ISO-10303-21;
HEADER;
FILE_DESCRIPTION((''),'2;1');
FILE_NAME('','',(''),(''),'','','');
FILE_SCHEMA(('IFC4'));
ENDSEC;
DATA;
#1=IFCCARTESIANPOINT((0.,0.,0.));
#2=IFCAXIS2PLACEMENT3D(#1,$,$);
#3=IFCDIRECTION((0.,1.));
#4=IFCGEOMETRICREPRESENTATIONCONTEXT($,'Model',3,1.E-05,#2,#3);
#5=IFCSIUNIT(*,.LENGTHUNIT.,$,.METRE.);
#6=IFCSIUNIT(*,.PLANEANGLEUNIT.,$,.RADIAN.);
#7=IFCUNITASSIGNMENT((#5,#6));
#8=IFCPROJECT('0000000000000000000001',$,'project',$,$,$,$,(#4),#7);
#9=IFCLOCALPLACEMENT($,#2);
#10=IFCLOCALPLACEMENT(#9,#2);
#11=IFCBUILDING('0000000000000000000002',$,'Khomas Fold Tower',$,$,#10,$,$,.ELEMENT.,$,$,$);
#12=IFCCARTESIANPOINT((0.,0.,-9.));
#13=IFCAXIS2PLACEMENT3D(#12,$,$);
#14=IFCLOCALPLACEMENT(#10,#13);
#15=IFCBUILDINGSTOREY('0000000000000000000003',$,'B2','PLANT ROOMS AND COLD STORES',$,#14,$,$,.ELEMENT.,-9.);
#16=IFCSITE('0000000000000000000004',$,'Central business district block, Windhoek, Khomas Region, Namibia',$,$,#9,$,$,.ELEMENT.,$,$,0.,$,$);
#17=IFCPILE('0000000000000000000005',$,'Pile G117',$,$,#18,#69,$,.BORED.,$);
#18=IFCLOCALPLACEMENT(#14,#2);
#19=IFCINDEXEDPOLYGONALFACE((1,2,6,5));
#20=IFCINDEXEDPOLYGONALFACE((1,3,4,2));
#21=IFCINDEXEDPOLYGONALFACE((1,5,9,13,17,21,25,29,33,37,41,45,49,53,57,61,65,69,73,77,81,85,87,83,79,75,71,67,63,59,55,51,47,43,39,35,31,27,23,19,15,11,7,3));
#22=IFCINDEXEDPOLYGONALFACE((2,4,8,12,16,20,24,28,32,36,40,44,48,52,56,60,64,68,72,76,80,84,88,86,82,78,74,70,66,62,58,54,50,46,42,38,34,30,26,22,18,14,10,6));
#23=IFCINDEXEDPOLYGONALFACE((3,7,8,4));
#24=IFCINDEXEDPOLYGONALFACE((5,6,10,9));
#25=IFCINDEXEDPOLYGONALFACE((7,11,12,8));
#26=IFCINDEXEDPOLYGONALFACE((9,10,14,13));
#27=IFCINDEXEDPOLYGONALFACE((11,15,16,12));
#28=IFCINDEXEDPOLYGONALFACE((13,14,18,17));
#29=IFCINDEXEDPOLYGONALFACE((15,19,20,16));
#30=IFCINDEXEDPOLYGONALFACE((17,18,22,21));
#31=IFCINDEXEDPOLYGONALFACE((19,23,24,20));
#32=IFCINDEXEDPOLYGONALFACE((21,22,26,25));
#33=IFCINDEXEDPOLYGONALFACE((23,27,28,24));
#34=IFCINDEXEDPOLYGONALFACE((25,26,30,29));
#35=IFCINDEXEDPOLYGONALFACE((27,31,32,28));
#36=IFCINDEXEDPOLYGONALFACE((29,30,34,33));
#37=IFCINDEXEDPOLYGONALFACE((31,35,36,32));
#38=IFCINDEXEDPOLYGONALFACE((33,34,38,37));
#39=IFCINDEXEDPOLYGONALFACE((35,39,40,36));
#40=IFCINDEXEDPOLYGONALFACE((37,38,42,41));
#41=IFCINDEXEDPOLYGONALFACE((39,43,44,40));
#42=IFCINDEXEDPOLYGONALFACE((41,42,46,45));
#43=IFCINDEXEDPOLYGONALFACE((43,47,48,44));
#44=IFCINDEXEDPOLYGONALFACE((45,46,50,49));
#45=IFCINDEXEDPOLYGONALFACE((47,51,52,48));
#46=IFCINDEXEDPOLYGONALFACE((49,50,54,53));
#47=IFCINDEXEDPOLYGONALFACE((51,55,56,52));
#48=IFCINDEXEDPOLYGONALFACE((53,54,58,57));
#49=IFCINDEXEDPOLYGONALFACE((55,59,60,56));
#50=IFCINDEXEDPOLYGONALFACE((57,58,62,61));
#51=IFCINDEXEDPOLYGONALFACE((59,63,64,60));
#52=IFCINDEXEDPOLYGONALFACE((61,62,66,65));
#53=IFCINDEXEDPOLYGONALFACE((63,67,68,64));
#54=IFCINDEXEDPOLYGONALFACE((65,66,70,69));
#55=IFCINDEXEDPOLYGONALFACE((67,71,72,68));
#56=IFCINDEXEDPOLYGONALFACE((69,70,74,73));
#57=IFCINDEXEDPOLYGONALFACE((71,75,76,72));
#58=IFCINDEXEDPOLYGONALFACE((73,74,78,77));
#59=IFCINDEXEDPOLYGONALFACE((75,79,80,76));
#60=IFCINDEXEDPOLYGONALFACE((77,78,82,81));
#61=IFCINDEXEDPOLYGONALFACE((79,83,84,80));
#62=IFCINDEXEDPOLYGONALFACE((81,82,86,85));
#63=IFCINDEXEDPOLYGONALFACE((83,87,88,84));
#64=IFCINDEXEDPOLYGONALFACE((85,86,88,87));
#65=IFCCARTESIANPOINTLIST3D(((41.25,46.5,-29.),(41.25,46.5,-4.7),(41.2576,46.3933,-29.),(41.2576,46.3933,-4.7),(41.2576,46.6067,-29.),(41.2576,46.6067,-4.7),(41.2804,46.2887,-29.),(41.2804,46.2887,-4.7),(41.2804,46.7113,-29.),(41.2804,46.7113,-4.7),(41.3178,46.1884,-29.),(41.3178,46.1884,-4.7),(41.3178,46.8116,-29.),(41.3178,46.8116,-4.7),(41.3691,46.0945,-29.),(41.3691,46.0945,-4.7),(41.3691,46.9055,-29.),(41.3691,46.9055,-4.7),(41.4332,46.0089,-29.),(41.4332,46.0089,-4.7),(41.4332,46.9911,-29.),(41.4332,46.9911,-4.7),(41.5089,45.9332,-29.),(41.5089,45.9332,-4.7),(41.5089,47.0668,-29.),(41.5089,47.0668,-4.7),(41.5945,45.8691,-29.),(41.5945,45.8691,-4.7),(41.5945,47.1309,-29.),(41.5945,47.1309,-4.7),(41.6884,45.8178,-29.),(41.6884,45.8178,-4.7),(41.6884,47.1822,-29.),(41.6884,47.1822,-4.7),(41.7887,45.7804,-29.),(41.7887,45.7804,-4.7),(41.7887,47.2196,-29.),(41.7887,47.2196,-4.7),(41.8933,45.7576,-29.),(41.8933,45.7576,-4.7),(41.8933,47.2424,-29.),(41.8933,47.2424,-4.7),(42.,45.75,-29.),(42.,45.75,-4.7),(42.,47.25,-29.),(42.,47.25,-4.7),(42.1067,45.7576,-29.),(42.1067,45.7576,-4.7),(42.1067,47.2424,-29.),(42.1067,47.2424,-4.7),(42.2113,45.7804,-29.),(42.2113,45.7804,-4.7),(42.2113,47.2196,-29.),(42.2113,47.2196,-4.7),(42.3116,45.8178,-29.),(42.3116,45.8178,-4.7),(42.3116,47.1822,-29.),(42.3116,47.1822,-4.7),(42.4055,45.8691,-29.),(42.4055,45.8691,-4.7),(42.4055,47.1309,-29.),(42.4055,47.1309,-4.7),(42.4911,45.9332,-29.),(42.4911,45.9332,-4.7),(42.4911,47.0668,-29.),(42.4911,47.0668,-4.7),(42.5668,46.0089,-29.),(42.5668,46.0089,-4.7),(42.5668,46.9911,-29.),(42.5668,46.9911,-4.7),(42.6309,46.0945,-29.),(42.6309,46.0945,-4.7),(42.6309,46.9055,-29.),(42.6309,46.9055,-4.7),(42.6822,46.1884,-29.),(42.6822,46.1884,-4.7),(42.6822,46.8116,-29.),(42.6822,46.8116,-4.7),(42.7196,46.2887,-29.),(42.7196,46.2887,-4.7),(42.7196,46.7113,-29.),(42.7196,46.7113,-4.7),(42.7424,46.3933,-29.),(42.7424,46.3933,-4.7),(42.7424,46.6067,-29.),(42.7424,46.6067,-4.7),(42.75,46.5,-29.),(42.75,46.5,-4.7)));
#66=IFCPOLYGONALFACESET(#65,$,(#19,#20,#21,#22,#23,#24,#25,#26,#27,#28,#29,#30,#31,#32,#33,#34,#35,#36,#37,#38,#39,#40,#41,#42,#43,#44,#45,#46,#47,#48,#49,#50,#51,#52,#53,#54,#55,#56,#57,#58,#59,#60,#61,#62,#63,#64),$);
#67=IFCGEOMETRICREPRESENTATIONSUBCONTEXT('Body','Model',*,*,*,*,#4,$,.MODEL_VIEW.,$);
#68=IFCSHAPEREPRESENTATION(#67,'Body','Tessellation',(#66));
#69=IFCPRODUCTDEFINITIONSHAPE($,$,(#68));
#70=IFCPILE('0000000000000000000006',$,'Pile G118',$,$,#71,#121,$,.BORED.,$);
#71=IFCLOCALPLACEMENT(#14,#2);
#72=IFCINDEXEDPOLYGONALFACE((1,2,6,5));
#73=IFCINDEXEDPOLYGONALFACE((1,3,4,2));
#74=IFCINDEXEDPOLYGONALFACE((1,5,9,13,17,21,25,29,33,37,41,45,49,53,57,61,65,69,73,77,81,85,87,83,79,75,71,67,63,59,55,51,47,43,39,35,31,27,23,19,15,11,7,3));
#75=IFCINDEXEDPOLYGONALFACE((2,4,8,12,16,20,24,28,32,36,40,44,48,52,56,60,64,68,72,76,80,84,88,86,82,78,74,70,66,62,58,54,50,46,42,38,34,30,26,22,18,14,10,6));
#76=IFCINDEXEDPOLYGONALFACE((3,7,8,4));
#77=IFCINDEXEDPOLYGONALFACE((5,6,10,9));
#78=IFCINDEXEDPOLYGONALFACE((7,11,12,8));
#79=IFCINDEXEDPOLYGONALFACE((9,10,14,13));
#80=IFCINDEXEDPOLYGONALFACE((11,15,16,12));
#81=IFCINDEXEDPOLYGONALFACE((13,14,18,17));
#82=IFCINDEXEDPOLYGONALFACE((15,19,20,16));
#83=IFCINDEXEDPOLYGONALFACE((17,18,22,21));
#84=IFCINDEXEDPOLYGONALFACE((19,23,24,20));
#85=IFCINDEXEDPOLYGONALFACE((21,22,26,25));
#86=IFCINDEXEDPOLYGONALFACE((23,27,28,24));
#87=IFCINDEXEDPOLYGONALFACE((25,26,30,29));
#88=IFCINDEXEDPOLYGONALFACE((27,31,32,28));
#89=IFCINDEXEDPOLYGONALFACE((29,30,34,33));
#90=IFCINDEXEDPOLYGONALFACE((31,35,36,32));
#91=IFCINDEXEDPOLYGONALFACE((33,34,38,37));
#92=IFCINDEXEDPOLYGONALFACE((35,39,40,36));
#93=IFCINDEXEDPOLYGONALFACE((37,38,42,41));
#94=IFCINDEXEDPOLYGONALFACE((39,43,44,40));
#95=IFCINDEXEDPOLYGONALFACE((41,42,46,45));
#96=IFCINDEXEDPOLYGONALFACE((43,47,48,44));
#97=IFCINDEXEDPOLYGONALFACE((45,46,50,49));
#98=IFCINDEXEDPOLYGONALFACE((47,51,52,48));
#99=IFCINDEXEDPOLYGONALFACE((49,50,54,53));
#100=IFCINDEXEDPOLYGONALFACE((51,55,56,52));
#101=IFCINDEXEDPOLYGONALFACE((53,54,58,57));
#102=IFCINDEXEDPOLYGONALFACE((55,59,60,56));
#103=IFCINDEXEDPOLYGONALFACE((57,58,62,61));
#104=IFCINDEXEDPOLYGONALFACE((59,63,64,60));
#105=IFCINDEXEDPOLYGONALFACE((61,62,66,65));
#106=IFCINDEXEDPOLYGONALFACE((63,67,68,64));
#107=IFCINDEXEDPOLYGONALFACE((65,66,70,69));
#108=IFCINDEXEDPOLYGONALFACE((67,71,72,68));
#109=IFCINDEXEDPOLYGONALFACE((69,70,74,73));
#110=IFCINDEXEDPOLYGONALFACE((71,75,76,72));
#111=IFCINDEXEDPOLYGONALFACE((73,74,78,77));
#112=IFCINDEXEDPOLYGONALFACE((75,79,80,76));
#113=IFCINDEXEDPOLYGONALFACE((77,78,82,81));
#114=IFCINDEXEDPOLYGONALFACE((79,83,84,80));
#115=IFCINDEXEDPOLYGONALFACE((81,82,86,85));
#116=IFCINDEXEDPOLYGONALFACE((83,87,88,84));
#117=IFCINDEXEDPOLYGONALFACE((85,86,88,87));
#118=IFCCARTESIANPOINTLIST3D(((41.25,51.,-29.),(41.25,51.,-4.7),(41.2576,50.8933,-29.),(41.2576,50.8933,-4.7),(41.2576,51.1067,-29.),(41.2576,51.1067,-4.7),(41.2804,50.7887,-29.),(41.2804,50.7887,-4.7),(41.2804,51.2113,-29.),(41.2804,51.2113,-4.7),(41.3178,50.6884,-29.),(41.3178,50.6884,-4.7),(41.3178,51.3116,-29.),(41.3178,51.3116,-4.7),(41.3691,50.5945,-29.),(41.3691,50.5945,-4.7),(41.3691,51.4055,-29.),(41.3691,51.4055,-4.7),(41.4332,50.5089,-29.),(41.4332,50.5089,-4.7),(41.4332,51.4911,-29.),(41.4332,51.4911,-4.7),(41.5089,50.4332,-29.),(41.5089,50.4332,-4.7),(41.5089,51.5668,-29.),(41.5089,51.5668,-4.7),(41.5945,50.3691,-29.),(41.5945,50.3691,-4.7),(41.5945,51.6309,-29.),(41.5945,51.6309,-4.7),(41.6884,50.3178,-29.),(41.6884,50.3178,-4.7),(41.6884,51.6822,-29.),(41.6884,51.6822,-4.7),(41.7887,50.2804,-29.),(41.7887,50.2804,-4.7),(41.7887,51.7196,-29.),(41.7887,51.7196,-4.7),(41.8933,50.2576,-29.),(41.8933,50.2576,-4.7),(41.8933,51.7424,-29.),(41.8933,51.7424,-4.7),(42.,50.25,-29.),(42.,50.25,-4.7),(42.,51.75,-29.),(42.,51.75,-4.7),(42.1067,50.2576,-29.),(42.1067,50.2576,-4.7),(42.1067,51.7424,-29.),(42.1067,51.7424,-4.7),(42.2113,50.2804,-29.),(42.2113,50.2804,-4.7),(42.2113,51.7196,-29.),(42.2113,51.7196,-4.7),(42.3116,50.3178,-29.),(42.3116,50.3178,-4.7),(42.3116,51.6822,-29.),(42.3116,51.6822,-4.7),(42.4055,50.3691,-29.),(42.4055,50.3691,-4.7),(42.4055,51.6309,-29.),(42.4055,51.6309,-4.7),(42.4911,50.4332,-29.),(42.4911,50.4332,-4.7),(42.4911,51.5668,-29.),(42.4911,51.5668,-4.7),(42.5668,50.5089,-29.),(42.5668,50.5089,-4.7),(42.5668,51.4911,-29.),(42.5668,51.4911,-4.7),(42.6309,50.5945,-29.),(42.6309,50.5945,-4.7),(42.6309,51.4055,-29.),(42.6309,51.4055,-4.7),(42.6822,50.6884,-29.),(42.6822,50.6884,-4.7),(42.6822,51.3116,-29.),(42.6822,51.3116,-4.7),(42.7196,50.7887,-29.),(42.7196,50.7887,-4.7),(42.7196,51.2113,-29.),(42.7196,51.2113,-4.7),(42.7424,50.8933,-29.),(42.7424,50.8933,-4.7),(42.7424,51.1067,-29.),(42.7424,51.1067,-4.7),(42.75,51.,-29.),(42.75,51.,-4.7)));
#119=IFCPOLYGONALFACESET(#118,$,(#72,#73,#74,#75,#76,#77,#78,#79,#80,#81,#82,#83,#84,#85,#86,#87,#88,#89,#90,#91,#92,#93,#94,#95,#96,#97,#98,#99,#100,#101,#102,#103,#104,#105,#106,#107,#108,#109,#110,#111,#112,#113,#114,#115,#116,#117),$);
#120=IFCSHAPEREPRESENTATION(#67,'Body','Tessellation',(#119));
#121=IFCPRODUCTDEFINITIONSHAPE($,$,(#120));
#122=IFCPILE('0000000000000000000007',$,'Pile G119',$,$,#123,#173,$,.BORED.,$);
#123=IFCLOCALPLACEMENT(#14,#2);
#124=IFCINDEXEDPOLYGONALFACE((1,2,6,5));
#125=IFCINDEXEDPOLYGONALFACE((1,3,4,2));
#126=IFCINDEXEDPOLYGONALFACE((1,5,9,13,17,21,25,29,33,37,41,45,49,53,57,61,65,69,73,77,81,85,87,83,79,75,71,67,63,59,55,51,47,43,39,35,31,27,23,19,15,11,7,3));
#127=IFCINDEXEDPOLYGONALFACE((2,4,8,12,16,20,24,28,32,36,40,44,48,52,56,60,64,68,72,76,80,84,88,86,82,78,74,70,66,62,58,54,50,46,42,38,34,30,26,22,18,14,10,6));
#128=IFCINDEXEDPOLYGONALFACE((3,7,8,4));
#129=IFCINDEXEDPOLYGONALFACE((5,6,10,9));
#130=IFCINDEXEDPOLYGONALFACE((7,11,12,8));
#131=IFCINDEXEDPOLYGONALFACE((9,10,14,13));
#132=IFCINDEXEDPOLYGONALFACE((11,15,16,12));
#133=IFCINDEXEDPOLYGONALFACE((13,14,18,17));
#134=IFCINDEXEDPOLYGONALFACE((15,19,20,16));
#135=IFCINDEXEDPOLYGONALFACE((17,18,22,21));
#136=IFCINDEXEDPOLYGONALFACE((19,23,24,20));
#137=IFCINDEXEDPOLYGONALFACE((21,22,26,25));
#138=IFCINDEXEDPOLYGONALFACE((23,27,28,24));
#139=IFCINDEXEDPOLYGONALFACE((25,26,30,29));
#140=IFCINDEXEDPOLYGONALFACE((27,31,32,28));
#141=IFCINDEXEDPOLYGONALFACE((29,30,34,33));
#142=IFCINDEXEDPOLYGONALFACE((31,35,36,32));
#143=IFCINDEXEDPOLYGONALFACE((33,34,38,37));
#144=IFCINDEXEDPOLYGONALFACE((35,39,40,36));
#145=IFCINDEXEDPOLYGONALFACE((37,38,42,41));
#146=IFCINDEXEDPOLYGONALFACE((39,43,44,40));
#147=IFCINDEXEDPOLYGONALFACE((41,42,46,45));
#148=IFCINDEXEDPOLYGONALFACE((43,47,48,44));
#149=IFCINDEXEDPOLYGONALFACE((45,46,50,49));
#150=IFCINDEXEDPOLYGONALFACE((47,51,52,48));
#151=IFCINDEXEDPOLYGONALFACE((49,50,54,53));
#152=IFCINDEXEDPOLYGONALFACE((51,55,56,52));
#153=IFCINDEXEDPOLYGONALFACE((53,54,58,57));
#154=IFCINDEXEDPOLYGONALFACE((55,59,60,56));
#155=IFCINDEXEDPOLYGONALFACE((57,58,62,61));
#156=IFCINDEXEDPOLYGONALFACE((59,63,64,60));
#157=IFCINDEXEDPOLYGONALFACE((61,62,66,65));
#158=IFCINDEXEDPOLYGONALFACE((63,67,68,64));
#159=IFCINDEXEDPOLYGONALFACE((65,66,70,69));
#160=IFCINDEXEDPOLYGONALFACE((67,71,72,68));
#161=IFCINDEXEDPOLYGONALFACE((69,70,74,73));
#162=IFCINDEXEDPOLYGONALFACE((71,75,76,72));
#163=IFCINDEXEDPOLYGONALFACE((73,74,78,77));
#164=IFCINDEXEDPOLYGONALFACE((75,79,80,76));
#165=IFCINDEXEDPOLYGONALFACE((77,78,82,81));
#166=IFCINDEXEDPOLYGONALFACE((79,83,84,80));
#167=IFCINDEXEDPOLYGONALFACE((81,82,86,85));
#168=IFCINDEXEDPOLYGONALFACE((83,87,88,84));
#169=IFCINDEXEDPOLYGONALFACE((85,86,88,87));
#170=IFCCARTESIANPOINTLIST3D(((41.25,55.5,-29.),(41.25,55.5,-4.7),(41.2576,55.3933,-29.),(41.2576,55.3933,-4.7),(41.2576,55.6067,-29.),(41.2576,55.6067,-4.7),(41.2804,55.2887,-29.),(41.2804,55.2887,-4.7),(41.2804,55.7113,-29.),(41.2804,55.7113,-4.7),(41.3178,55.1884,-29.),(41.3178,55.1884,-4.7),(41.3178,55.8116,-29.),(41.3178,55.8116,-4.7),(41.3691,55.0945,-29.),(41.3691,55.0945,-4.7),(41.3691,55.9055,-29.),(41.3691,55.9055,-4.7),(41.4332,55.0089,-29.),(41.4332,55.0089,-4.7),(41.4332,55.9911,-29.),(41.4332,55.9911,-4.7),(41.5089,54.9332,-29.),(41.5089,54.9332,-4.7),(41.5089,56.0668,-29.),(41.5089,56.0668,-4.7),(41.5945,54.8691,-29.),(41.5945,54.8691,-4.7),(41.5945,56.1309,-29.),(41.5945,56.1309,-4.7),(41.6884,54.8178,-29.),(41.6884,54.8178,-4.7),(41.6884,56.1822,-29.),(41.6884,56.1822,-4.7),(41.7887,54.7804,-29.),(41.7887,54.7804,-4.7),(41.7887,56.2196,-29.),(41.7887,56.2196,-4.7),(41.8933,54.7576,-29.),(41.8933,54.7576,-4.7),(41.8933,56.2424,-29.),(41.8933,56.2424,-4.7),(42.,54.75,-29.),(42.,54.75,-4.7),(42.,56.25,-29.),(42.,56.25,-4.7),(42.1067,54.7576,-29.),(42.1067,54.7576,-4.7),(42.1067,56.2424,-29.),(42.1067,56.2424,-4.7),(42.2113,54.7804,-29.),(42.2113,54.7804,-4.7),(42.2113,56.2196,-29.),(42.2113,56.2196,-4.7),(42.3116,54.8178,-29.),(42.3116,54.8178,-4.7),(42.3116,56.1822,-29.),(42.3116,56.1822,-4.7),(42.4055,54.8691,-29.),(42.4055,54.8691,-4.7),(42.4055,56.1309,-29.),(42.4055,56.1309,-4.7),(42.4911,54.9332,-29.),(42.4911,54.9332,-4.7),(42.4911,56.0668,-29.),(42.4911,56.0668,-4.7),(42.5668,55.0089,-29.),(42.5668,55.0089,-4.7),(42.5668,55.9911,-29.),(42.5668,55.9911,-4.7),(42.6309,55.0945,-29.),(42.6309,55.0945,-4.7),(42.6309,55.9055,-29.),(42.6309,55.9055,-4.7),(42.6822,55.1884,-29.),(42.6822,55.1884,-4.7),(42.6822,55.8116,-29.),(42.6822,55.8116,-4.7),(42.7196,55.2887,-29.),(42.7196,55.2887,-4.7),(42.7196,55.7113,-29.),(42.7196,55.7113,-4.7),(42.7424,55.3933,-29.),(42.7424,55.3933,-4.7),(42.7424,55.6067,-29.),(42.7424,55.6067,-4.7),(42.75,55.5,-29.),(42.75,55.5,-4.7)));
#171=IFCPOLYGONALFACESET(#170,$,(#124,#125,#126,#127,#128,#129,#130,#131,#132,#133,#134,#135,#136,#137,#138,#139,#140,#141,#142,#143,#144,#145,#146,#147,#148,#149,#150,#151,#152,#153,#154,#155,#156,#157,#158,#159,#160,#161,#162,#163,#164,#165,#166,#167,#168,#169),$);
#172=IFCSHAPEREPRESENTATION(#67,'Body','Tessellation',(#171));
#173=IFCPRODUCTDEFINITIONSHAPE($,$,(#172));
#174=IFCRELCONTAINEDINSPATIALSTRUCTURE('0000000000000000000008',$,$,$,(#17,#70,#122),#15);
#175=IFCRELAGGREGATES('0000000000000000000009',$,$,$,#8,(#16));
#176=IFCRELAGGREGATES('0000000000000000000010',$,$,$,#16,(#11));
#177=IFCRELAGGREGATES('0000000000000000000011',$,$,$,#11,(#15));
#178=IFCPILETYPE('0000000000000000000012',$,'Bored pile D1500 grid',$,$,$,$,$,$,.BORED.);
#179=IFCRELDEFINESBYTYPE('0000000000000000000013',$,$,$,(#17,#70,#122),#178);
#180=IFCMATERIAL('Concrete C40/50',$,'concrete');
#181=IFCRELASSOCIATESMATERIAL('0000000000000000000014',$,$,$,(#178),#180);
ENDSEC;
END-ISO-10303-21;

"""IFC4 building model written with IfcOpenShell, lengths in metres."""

from ifc_helpers import new_model, si_unit, direction, frame, origin, origin_2d, place, context, subcontext, project, spatial, circle, extrude, source, transform, mapped, material, material_profile, profile_set, type_object, element, save


model = new_model("IFC4")

# Units and contexts
model_context = context("Model", 3, precision=1e-05, world=origin(), true_north=direction((0.0, 1.0)))
body_context = subcontext(model_context, "Body", "Model", "MODEL_VIEW")
ifc_project = project(units=[si_unit("LENGTHUNIT", "METRE"), si_unit("PLANEANGLEUNIT", "RADIAN")], contexts=[model_context])

# Site, building, storey
site_placement = place(None, origin())
site = spatial("IfcSite", under=ifc_project, at=site_placement, Name="Central business district block, Windhoek, Khomas Region, Namibia", CompositionType="ELEMENT", RefElevation=0.0)
building_placement = place(site_placement, origin())
building = spatial("IfcBuilding", under=site, at=building_placement, Name="Khomas Fold Tower", CompositionType="ELEMENT")
storey_placement = place(building_placement, frame((0.0, 0.0, -9.0)))
storey = spatial("IfcBuildingStorey", under=building, at=storey_placement, Name="B2", Description="PLANT ROOMS AND COLD STORES", CompositionType="ELEMENT", Elevation=-9.0)

# Piles
ifc_material_1 = material(Name="Concrete C40/50", Category="concrete")
ifc_material_profile_1 = material_profile(ifc_material_1, circle(Radius=0.75, at=origin_2d()), Name="PILE D1500")
ifc_profile_set_1 = profile_set([ifc_material_profile_1], Name="Concrete C40/50")
pile_type = type_object("IfcPileType", Name="Bored pile D1500 grid", PredefinedType="BORED", material=ifc_profile_set_1)
shared_shape_1 = source(origin(), body_context, "Body", "SweptSolid", [
    extrude(circle(Radius=0.75, at=origin_2d()), origin(), (0.0, 0.0, 1.0), 24.3),
])
for number, where, z_axis, x_axis, name in (
    (1, (42.0, 46.5, -4.7), (0.0, 0.0, -1.0), (1.0, 0.0, 0.0), "Pile G117"),
    (2, (42.0, 51.0, -4.7), (0.0, 0.0, -1.0), (1.0, 0.0, 0.0), "Pile G118"),
    (3, (42.0, 55.5, -4.7), (0.0, 0.0, -1.0), (1.0, 0.0, 0.0), "Pile G119"),
):
    element("IfcPile", number, at=place(storey_placement, frame(where, z_axis=z_axis, x_axis=x_axis)), inside=storey, type_object=pile_type, Name=name, PredefinedType="BORED", context=body_context, shape_type="MappedRepresentation", body=[
        mapped(shared_shape_1, transform((0.0, 0.0, 0.0))),
    ])

save(model, "model.ifc")
